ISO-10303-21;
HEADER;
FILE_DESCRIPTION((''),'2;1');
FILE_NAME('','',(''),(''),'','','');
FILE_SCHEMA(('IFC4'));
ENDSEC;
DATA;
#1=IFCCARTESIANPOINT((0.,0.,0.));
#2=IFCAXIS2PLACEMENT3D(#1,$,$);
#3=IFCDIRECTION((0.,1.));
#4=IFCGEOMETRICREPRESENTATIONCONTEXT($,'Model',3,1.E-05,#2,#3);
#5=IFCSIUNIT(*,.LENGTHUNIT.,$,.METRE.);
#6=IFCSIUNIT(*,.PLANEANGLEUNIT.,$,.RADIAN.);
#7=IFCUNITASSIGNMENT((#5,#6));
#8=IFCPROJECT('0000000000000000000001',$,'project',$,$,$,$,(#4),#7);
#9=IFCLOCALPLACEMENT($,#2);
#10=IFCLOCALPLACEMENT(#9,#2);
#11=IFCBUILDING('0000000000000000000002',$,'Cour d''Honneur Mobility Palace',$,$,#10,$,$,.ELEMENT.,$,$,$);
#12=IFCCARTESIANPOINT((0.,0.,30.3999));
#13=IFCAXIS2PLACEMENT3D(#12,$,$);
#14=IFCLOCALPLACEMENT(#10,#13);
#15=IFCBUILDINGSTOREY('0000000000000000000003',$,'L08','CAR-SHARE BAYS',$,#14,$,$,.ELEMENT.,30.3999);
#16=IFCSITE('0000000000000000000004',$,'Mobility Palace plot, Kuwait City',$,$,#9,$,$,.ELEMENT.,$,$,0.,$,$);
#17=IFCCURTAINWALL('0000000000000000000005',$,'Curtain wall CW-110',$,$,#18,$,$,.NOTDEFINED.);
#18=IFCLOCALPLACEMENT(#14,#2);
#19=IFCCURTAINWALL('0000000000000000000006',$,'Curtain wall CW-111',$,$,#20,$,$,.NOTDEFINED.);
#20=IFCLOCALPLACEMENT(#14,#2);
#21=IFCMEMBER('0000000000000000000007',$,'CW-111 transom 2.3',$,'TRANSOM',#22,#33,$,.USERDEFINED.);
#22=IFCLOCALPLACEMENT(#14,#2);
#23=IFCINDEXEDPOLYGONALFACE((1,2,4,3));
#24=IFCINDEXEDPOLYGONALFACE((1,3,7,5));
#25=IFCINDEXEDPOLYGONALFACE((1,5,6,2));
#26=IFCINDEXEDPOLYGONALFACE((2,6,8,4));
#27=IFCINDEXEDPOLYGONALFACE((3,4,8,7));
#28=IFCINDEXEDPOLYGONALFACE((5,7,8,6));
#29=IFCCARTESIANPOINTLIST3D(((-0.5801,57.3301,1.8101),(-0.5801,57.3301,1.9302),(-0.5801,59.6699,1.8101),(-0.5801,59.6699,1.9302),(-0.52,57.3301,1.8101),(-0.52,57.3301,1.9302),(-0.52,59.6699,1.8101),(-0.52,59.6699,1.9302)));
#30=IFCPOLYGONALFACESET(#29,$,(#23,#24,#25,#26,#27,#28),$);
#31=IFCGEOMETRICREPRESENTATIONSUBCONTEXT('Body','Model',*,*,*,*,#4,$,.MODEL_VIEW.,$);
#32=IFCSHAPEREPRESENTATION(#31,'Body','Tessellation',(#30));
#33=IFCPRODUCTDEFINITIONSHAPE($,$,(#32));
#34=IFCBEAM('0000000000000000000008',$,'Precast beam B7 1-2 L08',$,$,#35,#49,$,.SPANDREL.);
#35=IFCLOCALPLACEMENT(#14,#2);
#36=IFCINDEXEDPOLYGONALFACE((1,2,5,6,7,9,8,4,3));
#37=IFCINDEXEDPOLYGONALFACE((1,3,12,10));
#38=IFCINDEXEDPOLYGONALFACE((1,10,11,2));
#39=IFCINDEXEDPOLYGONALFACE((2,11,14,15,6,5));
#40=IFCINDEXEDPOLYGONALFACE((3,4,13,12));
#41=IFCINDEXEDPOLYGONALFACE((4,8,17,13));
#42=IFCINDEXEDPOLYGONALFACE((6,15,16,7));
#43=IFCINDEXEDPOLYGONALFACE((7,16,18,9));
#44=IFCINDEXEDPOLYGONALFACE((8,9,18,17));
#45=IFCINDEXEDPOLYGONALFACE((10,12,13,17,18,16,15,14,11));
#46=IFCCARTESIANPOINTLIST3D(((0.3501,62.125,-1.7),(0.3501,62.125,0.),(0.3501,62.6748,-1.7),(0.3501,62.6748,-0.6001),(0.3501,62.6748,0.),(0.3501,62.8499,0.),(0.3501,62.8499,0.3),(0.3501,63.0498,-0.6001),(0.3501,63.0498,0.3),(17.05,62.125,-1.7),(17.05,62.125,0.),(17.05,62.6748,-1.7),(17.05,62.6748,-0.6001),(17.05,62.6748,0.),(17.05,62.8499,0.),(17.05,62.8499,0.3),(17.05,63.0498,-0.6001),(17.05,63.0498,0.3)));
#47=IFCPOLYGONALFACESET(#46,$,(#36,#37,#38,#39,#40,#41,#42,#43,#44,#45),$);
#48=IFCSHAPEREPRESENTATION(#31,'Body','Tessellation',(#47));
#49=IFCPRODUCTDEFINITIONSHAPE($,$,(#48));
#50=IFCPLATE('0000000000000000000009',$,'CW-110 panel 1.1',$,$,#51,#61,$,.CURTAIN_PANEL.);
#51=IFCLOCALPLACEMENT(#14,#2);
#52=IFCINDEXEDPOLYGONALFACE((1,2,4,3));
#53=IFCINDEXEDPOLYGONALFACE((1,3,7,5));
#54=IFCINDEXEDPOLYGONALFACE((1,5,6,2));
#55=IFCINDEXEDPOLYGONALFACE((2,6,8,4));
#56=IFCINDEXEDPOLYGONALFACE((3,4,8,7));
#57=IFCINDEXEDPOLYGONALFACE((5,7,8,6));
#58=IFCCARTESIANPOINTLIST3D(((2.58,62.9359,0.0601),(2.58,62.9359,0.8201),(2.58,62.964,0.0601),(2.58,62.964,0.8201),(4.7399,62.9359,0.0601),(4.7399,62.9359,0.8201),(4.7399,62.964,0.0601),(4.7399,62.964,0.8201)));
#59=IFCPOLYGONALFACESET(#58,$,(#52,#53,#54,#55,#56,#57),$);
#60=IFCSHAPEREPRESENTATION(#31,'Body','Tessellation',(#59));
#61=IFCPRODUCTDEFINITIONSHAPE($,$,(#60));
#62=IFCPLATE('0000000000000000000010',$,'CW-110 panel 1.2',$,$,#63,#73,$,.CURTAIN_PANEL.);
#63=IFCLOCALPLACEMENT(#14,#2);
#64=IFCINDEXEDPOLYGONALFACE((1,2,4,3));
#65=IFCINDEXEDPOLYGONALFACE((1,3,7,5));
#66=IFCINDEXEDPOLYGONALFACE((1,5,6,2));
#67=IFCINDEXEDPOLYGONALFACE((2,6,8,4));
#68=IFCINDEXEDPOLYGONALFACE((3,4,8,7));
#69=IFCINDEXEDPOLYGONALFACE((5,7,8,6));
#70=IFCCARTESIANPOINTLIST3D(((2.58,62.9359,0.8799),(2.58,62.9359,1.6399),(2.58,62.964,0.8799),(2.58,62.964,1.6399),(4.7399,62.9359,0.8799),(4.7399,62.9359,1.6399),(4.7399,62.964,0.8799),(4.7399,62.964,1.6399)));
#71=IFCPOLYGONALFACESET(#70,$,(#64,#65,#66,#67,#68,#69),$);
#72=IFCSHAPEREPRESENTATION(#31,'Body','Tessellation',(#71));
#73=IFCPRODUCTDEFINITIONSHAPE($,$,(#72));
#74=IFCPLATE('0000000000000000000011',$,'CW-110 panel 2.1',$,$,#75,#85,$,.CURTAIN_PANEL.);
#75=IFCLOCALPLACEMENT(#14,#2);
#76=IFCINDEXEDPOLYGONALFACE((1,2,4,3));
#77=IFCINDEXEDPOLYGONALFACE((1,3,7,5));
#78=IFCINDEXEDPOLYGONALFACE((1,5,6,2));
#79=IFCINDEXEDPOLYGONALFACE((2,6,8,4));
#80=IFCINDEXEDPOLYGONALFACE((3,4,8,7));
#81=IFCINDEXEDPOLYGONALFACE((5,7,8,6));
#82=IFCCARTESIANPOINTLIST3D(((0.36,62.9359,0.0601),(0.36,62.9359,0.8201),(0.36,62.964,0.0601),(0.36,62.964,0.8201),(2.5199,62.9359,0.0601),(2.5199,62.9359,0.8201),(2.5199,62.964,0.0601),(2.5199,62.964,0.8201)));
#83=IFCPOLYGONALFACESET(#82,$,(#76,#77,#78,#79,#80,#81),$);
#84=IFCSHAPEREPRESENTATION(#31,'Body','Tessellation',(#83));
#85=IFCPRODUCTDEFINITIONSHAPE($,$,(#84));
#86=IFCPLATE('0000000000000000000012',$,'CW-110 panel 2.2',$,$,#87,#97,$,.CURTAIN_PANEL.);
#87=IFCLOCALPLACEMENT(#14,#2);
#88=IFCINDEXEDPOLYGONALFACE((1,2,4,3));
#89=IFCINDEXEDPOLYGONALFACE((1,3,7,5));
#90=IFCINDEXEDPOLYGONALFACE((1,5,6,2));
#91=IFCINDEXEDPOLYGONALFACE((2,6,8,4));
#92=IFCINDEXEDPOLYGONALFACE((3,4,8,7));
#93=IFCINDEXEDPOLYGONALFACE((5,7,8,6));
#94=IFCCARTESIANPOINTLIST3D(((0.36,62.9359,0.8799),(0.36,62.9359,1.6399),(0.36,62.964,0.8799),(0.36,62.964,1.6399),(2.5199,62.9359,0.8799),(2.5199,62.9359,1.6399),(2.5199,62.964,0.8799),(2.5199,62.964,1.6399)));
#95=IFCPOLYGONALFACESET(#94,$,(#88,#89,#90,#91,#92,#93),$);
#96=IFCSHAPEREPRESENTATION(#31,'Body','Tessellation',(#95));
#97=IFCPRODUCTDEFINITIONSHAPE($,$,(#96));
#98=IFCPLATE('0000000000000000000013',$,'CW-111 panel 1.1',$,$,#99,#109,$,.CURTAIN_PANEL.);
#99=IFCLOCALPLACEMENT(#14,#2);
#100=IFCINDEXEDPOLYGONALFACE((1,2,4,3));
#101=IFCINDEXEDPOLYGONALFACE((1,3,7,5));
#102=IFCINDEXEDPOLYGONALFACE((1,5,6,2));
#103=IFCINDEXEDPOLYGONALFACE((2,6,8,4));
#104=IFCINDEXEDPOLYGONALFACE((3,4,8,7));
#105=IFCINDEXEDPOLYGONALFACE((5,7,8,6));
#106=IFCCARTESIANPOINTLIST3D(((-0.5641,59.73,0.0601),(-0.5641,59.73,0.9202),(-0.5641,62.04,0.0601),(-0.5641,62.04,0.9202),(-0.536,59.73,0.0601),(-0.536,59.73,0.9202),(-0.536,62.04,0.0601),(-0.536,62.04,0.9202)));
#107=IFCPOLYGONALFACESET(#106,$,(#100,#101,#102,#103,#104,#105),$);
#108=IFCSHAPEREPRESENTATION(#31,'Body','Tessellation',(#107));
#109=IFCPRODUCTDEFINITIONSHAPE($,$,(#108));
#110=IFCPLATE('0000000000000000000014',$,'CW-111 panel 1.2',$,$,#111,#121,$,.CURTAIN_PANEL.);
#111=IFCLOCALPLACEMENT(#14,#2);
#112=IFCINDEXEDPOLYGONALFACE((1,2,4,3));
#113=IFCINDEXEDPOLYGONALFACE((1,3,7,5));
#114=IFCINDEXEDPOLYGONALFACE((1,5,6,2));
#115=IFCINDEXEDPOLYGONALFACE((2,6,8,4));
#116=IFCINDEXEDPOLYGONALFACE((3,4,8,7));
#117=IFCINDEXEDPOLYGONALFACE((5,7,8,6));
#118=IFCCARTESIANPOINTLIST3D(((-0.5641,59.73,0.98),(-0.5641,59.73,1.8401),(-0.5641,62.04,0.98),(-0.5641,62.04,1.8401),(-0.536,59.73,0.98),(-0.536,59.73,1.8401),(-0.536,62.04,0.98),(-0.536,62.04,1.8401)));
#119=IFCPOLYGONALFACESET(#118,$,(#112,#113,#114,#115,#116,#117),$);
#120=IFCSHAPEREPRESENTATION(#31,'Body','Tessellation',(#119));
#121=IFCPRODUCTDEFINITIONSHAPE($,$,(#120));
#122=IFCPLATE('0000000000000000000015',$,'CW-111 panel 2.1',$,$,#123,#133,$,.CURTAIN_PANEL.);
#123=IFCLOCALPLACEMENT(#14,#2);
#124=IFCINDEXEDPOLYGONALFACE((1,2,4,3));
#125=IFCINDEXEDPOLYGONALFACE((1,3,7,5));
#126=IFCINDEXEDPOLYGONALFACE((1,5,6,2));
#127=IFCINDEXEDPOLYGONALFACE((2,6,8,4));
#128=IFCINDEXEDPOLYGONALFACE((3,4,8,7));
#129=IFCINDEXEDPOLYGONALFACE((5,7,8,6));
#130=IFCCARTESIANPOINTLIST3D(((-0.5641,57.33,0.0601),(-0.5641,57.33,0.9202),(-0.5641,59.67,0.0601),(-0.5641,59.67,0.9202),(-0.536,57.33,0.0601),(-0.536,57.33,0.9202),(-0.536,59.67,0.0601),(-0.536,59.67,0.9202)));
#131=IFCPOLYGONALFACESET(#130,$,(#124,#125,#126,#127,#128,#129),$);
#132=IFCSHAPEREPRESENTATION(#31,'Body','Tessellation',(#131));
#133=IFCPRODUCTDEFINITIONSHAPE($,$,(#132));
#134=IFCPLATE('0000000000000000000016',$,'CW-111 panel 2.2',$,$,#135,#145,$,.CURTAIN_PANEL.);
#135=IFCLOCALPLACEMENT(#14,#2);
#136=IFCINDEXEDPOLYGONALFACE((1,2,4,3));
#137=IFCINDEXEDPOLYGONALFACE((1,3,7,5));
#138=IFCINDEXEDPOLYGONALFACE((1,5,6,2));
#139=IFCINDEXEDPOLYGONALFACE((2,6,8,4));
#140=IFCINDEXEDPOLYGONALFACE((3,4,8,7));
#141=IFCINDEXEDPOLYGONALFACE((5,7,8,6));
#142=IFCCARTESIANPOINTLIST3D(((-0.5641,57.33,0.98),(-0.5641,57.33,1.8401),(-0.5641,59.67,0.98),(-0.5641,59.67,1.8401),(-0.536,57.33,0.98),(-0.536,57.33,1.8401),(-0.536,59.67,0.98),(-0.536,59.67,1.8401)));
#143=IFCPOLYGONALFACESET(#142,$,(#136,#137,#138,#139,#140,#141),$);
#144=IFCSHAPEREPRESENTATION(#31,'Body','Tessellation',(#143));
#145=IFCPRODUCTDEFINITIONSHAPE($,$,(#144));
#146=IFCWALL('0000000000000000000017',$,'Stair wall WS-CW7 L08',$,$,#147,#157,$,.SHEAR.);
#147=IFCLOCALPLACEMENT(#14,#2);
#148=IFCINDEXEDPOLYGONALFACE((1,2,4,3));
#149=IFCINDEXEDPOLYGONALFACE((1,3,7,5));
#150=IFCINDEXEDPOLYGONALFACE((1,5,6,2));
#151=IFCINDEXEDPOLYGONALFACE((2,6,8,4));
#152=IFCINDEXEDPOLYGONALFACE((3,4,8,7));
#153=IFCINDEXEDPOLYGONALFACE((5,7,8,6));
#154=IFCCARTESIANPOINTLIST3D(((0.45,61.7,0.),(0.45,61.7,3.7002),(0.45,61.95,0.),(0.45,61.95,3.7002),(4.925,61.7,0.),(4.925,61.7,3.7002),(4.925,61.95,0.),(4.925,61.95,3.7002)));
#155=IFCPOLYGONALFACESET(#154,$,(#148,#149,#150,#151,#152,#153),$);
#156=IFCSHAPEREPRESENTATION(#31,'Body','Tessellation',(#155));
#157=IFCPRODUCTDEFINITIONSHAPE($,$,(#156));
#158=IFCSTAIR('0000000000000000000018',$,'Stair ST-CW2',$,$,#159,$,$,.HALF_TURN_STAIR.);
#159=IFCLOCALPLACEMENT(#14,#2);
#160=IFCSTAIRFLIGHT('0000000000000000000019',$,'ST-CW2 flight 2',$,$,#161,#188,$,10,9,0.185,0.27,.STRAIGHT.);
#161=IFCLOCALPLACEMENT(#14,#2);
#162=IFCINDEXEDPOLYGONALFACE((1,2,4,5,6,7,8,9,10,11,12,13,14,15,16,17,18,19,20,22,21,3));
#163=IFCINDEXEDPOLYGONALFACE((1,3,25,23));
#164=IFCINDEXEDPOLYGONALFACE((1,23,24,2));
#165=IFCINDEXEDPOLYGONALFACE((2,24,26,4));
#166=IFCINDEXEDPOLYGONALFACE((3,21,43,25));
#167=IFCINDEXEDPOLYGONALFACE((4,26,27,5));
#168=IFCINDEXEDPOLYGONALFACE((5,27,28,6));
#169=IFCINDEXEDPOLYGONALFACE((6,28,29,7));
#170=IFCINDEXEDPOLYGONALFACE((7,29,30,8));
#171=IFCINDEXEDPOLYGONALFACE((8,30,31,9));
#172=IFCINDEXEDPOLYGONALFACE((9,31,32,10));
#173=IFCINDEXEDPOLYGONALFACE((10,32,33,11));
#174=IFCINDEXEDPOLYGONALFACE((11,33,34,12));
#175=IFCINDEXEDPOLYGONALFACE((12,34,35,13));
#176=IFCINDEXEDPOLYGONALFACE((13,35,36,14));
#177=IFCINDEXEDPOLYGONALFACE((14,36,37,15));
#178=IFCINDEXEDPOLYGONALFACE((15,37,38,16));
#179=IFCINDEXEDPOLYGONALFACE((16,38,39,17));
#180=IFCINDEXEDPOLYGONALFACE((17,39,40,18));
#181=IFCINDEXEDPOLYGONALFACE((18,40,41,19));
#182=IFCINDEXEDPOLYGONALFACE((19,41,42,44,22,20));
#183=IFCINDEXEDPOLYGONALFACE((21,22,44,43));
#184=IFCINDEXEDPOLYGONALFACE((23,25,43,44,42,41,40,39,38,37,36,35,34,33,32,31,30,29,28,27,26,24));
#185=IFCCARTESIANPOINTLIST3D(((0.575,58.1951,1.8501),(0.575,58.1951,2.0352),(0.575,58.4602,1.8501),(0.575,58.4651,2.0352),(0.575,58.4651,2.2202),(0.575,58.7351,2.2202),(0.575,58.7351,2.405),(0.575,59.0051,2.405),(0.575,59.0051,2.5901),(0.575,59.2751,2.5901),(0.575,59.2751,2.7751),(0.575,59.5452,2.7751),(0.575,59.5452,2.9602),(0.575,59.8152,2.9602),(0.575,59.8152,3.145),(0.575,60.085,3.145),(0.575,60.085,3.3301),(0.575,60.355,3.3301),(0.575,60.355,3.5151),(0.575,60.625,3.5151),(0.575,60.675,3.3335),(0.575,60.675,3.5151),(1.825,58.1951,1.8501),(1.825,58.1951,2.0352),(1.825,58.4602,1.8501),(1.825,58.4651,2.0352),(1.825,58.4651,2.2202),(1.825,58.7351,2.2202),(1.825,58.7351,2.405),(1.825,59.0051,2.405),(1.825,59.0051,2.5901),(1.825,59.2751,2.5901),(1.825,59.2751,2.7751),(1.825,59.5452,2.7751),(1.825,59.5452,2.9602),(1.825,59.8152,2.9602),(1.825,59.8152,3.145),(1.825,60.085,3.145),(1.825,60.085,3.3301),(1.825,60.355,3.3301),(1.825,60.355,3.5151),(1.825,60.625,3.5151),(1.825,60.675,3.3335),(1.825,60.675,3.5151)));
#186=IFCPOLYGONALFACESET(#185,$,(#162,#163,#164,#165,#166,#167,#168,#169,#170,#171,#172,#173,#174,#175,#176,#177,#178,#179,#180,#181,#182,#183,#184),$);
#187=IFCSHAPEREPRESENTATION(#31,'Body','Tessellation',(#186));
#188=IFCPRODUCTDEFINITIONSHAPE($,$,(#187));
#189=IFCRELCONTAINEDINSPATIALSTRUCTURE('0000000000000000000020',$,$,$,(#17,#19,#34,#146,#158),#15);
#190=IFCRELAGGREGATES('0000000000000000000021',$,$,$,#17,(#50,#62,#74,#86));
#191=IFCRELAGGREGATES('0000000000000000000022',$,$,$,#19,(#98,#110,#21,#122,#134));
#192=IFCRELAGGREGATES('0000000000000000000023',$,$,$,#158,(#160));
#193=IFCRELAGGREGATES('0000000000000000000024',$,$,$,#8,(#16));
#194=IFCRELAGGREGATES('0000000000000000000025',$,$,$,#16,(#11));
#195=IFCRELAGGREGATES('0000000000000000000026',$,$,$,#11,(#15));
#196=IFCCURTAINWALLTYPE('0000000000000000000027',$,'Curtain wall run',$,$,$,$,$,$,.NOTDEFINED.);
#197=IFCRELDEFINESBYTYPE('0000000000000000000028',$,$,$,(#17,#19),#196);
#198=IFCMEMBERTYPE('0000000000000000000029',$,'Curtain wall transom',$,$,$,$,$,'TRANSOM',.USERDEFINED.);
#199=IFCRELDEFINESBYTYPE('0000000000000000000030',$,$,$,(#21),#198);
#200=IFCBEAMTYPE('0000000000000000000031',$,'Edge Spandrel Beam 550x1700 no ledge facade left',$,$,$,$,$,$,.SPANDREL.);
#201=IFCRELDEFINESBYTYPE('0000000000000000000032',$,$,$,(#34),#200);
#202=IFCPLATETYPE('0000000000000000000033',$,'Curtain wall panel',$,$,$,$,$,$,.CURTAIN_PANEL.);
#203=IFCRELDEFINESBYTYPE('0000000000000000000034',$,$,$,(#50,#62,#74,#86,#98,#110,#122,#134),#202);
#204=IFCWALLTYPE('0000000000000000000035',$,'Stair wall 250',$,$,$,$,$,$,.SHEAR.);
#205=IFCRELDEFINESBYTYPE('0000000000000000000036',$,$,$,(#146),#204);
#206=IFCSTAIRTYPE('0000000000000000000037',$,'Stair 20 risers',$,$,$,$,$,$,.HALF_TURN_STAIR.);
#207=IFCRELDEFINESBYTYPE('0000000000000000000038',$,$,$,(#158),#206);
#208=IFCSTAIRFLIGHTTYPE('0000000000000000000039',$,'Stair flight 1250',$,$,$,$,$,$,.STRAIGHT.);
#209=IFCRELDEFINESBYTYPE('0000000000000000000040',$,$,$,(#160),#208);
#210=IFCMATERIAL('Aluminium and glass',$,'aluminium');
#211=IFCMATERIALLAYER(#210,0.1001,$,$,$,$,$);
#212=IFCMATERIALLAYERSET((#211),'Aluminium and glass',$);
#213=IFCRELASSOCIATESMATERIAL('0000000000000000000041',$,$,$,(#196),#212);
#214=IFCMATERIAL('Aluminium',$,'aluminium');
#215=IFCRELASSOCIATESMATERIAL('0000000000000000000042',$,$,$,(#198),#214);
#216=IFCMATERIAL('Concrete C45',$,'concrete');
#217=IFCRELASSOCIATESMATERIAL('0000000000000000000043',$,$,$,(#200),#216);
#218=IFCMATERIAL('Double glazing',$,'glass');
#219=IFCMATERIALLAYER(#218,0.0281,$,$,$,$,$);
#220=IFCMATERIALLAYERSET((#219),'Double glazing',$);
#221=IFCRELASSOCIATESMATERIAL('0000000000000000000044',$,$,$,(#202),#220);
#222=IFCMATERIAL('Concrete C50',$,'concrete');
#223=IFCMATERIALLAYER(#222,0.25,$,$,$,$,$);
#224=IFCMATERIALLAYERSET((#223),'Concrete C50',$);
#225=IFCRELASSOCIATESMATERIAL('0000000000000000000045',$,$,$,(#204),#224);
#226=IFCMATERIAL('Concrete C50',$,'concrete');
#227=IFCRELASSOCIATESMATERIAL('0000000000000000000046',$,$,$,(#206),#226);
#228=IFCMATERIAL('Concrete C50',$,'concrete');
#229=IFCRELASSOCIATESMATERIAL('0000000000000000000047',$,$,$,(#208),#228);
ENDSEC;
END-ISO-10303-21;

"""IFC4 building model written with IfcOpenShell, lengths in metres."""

from ifc_helpers import new_model, si_unit, direction, frame, frame_2d, origin, origin_2d, place, context, subcontext, project, spatial, polyline, rectangle, outline, extrude, material, layer, layer_set, material_profile, profile_set, type_object, element, aggregate, save


model = new_model("IFC4")

# Units and contexts
model_context = context("Model", 3, precision=1e-05, world=origin(), true_north=direction((0.0, 1.0)))
body_context = subcontext(model_context, "Body", "Model", "MODEL_VIEW")
ifc_project = project(units=[si_unit("LENGTHUNIT", "METRE"), si_unit("PLANEANGLEUNIT", "RADIAN")], contexts=[model_context])

# Site, building, storey
site_placement = place(None, origin())
site = spatial("IfcSite", under=ifc_project, at=site_placement, Name="Mobility Palace plot, Kuwait City", CompositionType="ELEMENT", RefElevation=0.0)
building_placement = place(site_placement, origin())
building = spatial("IfcBuilding", under=site, at=building_placement, Name="Cour d'Honneur Mobility Palace", CompositionType="ELEMENT")
storey_placement = place(building_placement, frame((0.0, 0.0, 30.3999)))
storey = spatial("IfcBuildingStorey", under=building, at=storey_placement, Name="L08", Description="CAR-SHARE BAYS", CompositionType="ELEMENT", Elevation=30.3999)

# Curtain walls
ifc_material_1 = material(Name="Aluminium and glass", Category="aluminium")
ifc_layer_1 = layer(ifc_material_1, 0.1001)
ifc_layer_set_1 = layer_set([ifc_layer_1], Name="Aluminium and glass")
curtain_wall_type = type_object("IfcCurtainWallType", Name="Curtain wall run", PredefinedType="NOTDEFINED", material=ifc_layer_set_1)
curtain_wall_1_placement = place(storey_placement, origin())
curtain_wall_1 = element("IfcCurtainWall", 1, at=curtain_wall_1_placement, inside=storey, type_object=curtain_wall_type, Name="Curtain wall CW-110", PredefinedType="NOTDEFINED")
curtain_wall_2_placement = place(storey_placement, origin())
curtain_wall_2 = element("IfcCurtainWall", 2, at=curtain_wall_2_placement, inside=storey, type_object=curtain_wall_type, Name="Curtain wall CW-111", PredefinedType="NOTDEFINED")

# Member
ifc_material_2 = material(Name="Aluminium", Category="aluminium")
ifc_material_profile_1 = material_profile(ifc_material_2, rectangle(XDim=0.0601, YDim=0.1201, at=origin_2d()), Name="Curtain wall transom")
ifc_profile_set_1 = profile_set([ifc_material_profile_1], Name="Aluminium")
member_type_1 = type_object("IfcMemberType", Name="Curtain wall transom", ElementType="TRANSOM", PredefinedType="USERDEFINED", material=ifc_profile_set_1)
member_1_placement = place(storey_placement, frame((-0.55, 59.6699, 1.8701), z_axis=(0.0, -1.0, 0.0), x_axis=(1.0, 0.0, 0.0)))
member_1 = element("IfcMember", 3, at=member_1_placement, type_object=member_type_1, Name="CW-111 transom 2.3", ObjectType="TRANSOM", PredefinedType="USERDEFINED", context=body_context, shape_type="SweptSolid", body=[
    extrude(rectangle(XDim=0.0601, YDim=0.1201, at=origin_2d()), origin(), (0.0, 0.0, 1.0), 2.3398),
])

# Beam
ifc_material_3 = material(Name="Concrete C45", Category="concrete")
ifc_material_profile_2 = material_profile(ifc_material_3, outline(polyline([(0.2749, -1.7), (0.2749, -0.6001), (0.6499, -0.6001), (0.6499, 0.3), (0.45, 0.3), (0.45, 0.0), (0.2749, 0.0), (-0.2749, 0.0), (-0.2749, -1.7), (0.2749, -1.7)])), Name="Edge Spandrel Beam 550x1700 no ledge facade left")
ifc_profile_set_2 = profile_set([ifc_material_profile_2], Name="Concrete C45")
beam_type = type_object("IfcBeamType", Name="Edge Spandrel Beam 550x1700 no ledge facade left", PredefinedType="SPANDREL", material=ifc_profile_set_2)
beam_placement = place(storey_placement, frame((0.3501, 62.3999, 0.0), z_axis=(1.0, 0.0, 0.0), x_axis=(0.0, 1.0, 0.0)))
element("IfcBeam", 4, at=beam_placement, inside=storey, type_object=beam_type, Name="Precast beam B7 1-2 L08", PredefinedType="SPANDREL", context=body_context, shape_type="SweptSolid", body=[
    extrude(outline(polyline([(0.2749, -1.7), (0.2749, -0.6001), (0.6499, -0.6001), (0.6499, 0.3), (0.45, 0.3), (0.45, 0.0), (0.2749, 0.0), (-0.2749, 0.0), (-0.2749, -1.7), (0.2749, -1.7)])), origin(), (0.0, 0.0, 1.0), 16.7),
])

# Plates
ifc_material_4 = material(Name="Double glazing", Category="glass")
ifc_layer_2 = layer(ifc_material_4, 0.0281)
ifc_layer_set_2 = layer_set([ifc_layer_2], Name="Double glazing")
plate_type = type_object("IfcPlateType", Name="Curtain wall panel", PredefinedType="CURTAIN_PANEL", material=ifc_layer_set_2)
plate_1_placement = place(storey_placement, frame((3.6599, 62.95, 0.0601), z_axis=(0.0, 0.0, 1.0), x_axis=(-1.0, 0.0, 0.0)))
plate_1 = element("IfcPlate", 5, at=plate_1_placement, type_object=plate_type, Name="CW-110 panel 1.1", PredefinedType="CURTAIN_PANEL", context=body_context, shape_type="SweptSolid", body=[
    extrude(rectangle(XDim=2.1599, YDim=0.0281, at=origin_2d()), origin(), (0.0, 0.0, 1.0), 0.76),
])
plate_2_placement = place(storey_placement, frame((3.6599, 62.95, 0.8799), z_axis=(0.0, 0.0, 1.0), x_axis=(-1.0, 0.0, 0.0)))
plate_2 = element("IfcPlate", 6, at=plate_2_placement, type_object=plate_type, Name="CW-110 panel 1.2", PredefinedType="CURTAIN_PANEL", context=body_context, shape_type="SweptSolid", body=[
    extrude(rectangle(XDim=2.1599, YDim=0.0281, at=origin_2d()), origin(), (0.0, 0.0, 1.0), 0.76),
])
plate_3_placement = place(storey_placement, frame((1.4399, 62.95, 0.0601), z_axis=(0.0, 0.0, 1.0), x_axis=(-1.0, 0.0, 0.0)))
plate_3 = element("IfcPlate", 7, at=plate_3_placement, type_object=plate_type, Name="CW-110 panel 2.1", PredefinedType="CURTAIN_PANEL", context=body_context, shape_type="SweptSolid", body=[
    extrude(rectangle(XDim=2.1599, YDim=0.0281, at=origin_2d()), origin(), (0.0, 0.0, 1.0), 0.76),
])
plate_4_placement = place(storey_placement, frame((1.4399, 62.95, 0.8799), z_axis=(0.0, 0.0, 1.0), x_axis=(-1.0, 0.0, 0.0)))
plate_4 = element("IfcPlate", 8, at=plate_4_placement, type_object=plate_type, Name="CW-110 panel 2.2", PredefinedType="CURTAIN_PANEL", context=body_context, shape_type="SweptSolid", body=[
    extrude(rectangle(XDim=2.1599, YDim=0.0281, at=origin_2d()), origin(), (0.0, 0.0, 1.0), 0.76),
])
aggregate(curtain_wall_1, [plate_1, plate_2, plate_3, plate_4])
plate_5_placement = place(storey_placement, frame((-0.55, 60.885, 0.0601), z_axis=(0.0, 0.0, 1.0), x_axis=(0.0, -1.0, 0.0)))
plate_5 = element("IfcPlate", 9, at=plate_5_placement, type_object=plate_type, Name="CW-111 panel 1.1", PredefinedType="CURTAIN_PANEL", context=body_context, shape_type="SweptSolid", body=[
    extrude(rectangle(XDim=2.3101, YDim=0.0281, at=origin_2d()), origin(), (0.0, 0.0, 1.0), 0.8601),
])
plate_6_placement = place(storey_placement, frame((-0.55, 60.885, 0.98), z_axis=(0.0, 0.0, 1.0), x_axis=(0.0, -1.0, 0.0)))
plate_6 = element("IfcPlate", 10, at=plate_6_placement, type_object=plate_type, Name="CW-111 panel 1.2", PredefinedType="CURTAIN_PANEL", context=body_context, shape_type="SweptSolid", body=[
    extrude(rectangle(XDim=2.3101, YDim=0.0281, at=origin_2d()), origin(), (0.0, 0.0, 1.0), 0.8601),
])
plate_7_placement = place(storey_placement, frame((-0.55, 58.5, 0.0601), z_axis=(0.0, 0.0, 1.0), x_axis=(0.0, -1.0, 0.0)))
plate_7 = element("IfcPlate", 11, at=plate_7_placement, type_object=plate_type, Name="CW-111 panel 2.1", PredefinedType="CURTAIN_PANEL", context=body_context, shape_type="SweptSolid", body=[
    extrude(rectangle(XDim=2.3401, YDim=0.0281, at=origin_2d()), origin(), (0.0, 0.0, 1.0), 0.8601),
])
plate_8_placement = place(storey_placement, frame((-0.55, 58.5, 0.98), z_axis=(0.0, 0.0, 1.0), x_axis=(0.0, -1.0, 0.0)))
plate_8 = element("IfcPlate", 12, at=plate_8_placement, type_object=plate_type, Name="CW-111 panel 2.2", PredefinedType="CURTAIN_PANEL", context=body_context, shape_type="SweptSolid", body=[
    extrude(rectangle(XDim=2.3401, YDim=0.0281, at=origin_2d()), origin(), (0.0, 0.0, 1.0), 0.8601),
])
aggregate(curtain_wall_2, [plate_5, plate_6, member_1, plate_7, plate_8])

# Wall
ifc_material_5 = material(Name="Concrete C50", Category="concrete")
ifc_layer_3 = layer(ifc_material_5, 0.25)
ifc_layer_set_3 = layer_set([ifc_layer_3], Name="Concrete C50")
wall_type = type_object("IfcWallType", Name="Stair wall 250", PredefinedType="SHEAR", material=ifc_layer_set_3)
wall_placement = place(storey_placement, frame((0.45, 61.825, 0.0), z_axis=(0.0, 0.0, 1.0), x_axis=(1.0, 0.0, 0.0)))
element("IfcWall", 13, at=wall_placement, inside=storey, type_object=wall_type, Name="Stair wall WS-CW7 L08", PredefinedType="SHEAR", context=body_context, shape_type="SweptSolid", body=[
    extrude(rectangle(XDim=4.4751, YDim=0.25, at=frame_2d((2.2375, 0.0))), origin(), (0.0, 0.0, 1.0), 3.7002),
])

# Stair, stair flight
ifc_material_6 = material(Name="Concrete C50", Category="concrete")
stair_type = type_object("IfcStairType", Name="Stair 20 risers", PredefinedType="HALF_TURN_STAIR", material=ifc_material_6)
stair_placement = place(storey_placement, origin())
stair = element("IfcStair", 14, at=stair_placement, inside=storey, type_object=stair_type, Name="Stair ST-CW2", PredefinedType="HALF_TURN_STAIR")
ifc_material_7 = material(Name="Concrete C50", Category="concrete")
stair_flight_type = type_object("IfcStairFlightType", Name="Stair flight 1250", PredefinedType="STRAIGHT", material=ifc_material_7)
stair_flight_placement = place(storey_placement, frame((1.2, 58.1951, 1.8501), z_axis=(0.0, 0.0, 1.0), x_axis=(0.0, 1.0, 0.0)))
stair_flight = element("IfcStairFlight", 15, at=stair_flight_placement, type_object=stair_flight_type, Name="ST-CW2 flight 2", NumberOfRisers=10, NumberOfTreads=9, PredefinedType="STRAIGHT", RiserHeight=0.185, TreadLength=0.27, context=body_context, shape_type="SweptSolid", body=[
    extrude(outline(polyline([(0.0, 0.0), (0.0, 0.1851), (0.27, 0.1851), (0.27, 0.3701), (0.54, 0.3701), (0.54, 0.5549), (0.8101, 0.5549), (0.8101, 0.74), (1.0801, 0.74), (1.0801, 0.925), (1.3501, 0.925), (1.3501, 1.1101), (1.6201, 1.1101), (1.6201, 1.2949), (1.8899, 1.2949), (1.8899, 1.48), (2.1599, 1.48), (2.1599, 1.665), (2.4299, 1.665), (2.48, 1.665), (2.48, 1.4834), (0.2651, 0.0), (0.0, 0.0)])), frame((0.0, 0.625, 0.0), z_axis=(0.0, -1.0, 0.0), x_axis=(1.0, 0.0, 0.0)), (0.0, 0.0, 1.0), 1.25),
])
aggregate(stair, [stair_flight])

save(model, "model.ifc")
